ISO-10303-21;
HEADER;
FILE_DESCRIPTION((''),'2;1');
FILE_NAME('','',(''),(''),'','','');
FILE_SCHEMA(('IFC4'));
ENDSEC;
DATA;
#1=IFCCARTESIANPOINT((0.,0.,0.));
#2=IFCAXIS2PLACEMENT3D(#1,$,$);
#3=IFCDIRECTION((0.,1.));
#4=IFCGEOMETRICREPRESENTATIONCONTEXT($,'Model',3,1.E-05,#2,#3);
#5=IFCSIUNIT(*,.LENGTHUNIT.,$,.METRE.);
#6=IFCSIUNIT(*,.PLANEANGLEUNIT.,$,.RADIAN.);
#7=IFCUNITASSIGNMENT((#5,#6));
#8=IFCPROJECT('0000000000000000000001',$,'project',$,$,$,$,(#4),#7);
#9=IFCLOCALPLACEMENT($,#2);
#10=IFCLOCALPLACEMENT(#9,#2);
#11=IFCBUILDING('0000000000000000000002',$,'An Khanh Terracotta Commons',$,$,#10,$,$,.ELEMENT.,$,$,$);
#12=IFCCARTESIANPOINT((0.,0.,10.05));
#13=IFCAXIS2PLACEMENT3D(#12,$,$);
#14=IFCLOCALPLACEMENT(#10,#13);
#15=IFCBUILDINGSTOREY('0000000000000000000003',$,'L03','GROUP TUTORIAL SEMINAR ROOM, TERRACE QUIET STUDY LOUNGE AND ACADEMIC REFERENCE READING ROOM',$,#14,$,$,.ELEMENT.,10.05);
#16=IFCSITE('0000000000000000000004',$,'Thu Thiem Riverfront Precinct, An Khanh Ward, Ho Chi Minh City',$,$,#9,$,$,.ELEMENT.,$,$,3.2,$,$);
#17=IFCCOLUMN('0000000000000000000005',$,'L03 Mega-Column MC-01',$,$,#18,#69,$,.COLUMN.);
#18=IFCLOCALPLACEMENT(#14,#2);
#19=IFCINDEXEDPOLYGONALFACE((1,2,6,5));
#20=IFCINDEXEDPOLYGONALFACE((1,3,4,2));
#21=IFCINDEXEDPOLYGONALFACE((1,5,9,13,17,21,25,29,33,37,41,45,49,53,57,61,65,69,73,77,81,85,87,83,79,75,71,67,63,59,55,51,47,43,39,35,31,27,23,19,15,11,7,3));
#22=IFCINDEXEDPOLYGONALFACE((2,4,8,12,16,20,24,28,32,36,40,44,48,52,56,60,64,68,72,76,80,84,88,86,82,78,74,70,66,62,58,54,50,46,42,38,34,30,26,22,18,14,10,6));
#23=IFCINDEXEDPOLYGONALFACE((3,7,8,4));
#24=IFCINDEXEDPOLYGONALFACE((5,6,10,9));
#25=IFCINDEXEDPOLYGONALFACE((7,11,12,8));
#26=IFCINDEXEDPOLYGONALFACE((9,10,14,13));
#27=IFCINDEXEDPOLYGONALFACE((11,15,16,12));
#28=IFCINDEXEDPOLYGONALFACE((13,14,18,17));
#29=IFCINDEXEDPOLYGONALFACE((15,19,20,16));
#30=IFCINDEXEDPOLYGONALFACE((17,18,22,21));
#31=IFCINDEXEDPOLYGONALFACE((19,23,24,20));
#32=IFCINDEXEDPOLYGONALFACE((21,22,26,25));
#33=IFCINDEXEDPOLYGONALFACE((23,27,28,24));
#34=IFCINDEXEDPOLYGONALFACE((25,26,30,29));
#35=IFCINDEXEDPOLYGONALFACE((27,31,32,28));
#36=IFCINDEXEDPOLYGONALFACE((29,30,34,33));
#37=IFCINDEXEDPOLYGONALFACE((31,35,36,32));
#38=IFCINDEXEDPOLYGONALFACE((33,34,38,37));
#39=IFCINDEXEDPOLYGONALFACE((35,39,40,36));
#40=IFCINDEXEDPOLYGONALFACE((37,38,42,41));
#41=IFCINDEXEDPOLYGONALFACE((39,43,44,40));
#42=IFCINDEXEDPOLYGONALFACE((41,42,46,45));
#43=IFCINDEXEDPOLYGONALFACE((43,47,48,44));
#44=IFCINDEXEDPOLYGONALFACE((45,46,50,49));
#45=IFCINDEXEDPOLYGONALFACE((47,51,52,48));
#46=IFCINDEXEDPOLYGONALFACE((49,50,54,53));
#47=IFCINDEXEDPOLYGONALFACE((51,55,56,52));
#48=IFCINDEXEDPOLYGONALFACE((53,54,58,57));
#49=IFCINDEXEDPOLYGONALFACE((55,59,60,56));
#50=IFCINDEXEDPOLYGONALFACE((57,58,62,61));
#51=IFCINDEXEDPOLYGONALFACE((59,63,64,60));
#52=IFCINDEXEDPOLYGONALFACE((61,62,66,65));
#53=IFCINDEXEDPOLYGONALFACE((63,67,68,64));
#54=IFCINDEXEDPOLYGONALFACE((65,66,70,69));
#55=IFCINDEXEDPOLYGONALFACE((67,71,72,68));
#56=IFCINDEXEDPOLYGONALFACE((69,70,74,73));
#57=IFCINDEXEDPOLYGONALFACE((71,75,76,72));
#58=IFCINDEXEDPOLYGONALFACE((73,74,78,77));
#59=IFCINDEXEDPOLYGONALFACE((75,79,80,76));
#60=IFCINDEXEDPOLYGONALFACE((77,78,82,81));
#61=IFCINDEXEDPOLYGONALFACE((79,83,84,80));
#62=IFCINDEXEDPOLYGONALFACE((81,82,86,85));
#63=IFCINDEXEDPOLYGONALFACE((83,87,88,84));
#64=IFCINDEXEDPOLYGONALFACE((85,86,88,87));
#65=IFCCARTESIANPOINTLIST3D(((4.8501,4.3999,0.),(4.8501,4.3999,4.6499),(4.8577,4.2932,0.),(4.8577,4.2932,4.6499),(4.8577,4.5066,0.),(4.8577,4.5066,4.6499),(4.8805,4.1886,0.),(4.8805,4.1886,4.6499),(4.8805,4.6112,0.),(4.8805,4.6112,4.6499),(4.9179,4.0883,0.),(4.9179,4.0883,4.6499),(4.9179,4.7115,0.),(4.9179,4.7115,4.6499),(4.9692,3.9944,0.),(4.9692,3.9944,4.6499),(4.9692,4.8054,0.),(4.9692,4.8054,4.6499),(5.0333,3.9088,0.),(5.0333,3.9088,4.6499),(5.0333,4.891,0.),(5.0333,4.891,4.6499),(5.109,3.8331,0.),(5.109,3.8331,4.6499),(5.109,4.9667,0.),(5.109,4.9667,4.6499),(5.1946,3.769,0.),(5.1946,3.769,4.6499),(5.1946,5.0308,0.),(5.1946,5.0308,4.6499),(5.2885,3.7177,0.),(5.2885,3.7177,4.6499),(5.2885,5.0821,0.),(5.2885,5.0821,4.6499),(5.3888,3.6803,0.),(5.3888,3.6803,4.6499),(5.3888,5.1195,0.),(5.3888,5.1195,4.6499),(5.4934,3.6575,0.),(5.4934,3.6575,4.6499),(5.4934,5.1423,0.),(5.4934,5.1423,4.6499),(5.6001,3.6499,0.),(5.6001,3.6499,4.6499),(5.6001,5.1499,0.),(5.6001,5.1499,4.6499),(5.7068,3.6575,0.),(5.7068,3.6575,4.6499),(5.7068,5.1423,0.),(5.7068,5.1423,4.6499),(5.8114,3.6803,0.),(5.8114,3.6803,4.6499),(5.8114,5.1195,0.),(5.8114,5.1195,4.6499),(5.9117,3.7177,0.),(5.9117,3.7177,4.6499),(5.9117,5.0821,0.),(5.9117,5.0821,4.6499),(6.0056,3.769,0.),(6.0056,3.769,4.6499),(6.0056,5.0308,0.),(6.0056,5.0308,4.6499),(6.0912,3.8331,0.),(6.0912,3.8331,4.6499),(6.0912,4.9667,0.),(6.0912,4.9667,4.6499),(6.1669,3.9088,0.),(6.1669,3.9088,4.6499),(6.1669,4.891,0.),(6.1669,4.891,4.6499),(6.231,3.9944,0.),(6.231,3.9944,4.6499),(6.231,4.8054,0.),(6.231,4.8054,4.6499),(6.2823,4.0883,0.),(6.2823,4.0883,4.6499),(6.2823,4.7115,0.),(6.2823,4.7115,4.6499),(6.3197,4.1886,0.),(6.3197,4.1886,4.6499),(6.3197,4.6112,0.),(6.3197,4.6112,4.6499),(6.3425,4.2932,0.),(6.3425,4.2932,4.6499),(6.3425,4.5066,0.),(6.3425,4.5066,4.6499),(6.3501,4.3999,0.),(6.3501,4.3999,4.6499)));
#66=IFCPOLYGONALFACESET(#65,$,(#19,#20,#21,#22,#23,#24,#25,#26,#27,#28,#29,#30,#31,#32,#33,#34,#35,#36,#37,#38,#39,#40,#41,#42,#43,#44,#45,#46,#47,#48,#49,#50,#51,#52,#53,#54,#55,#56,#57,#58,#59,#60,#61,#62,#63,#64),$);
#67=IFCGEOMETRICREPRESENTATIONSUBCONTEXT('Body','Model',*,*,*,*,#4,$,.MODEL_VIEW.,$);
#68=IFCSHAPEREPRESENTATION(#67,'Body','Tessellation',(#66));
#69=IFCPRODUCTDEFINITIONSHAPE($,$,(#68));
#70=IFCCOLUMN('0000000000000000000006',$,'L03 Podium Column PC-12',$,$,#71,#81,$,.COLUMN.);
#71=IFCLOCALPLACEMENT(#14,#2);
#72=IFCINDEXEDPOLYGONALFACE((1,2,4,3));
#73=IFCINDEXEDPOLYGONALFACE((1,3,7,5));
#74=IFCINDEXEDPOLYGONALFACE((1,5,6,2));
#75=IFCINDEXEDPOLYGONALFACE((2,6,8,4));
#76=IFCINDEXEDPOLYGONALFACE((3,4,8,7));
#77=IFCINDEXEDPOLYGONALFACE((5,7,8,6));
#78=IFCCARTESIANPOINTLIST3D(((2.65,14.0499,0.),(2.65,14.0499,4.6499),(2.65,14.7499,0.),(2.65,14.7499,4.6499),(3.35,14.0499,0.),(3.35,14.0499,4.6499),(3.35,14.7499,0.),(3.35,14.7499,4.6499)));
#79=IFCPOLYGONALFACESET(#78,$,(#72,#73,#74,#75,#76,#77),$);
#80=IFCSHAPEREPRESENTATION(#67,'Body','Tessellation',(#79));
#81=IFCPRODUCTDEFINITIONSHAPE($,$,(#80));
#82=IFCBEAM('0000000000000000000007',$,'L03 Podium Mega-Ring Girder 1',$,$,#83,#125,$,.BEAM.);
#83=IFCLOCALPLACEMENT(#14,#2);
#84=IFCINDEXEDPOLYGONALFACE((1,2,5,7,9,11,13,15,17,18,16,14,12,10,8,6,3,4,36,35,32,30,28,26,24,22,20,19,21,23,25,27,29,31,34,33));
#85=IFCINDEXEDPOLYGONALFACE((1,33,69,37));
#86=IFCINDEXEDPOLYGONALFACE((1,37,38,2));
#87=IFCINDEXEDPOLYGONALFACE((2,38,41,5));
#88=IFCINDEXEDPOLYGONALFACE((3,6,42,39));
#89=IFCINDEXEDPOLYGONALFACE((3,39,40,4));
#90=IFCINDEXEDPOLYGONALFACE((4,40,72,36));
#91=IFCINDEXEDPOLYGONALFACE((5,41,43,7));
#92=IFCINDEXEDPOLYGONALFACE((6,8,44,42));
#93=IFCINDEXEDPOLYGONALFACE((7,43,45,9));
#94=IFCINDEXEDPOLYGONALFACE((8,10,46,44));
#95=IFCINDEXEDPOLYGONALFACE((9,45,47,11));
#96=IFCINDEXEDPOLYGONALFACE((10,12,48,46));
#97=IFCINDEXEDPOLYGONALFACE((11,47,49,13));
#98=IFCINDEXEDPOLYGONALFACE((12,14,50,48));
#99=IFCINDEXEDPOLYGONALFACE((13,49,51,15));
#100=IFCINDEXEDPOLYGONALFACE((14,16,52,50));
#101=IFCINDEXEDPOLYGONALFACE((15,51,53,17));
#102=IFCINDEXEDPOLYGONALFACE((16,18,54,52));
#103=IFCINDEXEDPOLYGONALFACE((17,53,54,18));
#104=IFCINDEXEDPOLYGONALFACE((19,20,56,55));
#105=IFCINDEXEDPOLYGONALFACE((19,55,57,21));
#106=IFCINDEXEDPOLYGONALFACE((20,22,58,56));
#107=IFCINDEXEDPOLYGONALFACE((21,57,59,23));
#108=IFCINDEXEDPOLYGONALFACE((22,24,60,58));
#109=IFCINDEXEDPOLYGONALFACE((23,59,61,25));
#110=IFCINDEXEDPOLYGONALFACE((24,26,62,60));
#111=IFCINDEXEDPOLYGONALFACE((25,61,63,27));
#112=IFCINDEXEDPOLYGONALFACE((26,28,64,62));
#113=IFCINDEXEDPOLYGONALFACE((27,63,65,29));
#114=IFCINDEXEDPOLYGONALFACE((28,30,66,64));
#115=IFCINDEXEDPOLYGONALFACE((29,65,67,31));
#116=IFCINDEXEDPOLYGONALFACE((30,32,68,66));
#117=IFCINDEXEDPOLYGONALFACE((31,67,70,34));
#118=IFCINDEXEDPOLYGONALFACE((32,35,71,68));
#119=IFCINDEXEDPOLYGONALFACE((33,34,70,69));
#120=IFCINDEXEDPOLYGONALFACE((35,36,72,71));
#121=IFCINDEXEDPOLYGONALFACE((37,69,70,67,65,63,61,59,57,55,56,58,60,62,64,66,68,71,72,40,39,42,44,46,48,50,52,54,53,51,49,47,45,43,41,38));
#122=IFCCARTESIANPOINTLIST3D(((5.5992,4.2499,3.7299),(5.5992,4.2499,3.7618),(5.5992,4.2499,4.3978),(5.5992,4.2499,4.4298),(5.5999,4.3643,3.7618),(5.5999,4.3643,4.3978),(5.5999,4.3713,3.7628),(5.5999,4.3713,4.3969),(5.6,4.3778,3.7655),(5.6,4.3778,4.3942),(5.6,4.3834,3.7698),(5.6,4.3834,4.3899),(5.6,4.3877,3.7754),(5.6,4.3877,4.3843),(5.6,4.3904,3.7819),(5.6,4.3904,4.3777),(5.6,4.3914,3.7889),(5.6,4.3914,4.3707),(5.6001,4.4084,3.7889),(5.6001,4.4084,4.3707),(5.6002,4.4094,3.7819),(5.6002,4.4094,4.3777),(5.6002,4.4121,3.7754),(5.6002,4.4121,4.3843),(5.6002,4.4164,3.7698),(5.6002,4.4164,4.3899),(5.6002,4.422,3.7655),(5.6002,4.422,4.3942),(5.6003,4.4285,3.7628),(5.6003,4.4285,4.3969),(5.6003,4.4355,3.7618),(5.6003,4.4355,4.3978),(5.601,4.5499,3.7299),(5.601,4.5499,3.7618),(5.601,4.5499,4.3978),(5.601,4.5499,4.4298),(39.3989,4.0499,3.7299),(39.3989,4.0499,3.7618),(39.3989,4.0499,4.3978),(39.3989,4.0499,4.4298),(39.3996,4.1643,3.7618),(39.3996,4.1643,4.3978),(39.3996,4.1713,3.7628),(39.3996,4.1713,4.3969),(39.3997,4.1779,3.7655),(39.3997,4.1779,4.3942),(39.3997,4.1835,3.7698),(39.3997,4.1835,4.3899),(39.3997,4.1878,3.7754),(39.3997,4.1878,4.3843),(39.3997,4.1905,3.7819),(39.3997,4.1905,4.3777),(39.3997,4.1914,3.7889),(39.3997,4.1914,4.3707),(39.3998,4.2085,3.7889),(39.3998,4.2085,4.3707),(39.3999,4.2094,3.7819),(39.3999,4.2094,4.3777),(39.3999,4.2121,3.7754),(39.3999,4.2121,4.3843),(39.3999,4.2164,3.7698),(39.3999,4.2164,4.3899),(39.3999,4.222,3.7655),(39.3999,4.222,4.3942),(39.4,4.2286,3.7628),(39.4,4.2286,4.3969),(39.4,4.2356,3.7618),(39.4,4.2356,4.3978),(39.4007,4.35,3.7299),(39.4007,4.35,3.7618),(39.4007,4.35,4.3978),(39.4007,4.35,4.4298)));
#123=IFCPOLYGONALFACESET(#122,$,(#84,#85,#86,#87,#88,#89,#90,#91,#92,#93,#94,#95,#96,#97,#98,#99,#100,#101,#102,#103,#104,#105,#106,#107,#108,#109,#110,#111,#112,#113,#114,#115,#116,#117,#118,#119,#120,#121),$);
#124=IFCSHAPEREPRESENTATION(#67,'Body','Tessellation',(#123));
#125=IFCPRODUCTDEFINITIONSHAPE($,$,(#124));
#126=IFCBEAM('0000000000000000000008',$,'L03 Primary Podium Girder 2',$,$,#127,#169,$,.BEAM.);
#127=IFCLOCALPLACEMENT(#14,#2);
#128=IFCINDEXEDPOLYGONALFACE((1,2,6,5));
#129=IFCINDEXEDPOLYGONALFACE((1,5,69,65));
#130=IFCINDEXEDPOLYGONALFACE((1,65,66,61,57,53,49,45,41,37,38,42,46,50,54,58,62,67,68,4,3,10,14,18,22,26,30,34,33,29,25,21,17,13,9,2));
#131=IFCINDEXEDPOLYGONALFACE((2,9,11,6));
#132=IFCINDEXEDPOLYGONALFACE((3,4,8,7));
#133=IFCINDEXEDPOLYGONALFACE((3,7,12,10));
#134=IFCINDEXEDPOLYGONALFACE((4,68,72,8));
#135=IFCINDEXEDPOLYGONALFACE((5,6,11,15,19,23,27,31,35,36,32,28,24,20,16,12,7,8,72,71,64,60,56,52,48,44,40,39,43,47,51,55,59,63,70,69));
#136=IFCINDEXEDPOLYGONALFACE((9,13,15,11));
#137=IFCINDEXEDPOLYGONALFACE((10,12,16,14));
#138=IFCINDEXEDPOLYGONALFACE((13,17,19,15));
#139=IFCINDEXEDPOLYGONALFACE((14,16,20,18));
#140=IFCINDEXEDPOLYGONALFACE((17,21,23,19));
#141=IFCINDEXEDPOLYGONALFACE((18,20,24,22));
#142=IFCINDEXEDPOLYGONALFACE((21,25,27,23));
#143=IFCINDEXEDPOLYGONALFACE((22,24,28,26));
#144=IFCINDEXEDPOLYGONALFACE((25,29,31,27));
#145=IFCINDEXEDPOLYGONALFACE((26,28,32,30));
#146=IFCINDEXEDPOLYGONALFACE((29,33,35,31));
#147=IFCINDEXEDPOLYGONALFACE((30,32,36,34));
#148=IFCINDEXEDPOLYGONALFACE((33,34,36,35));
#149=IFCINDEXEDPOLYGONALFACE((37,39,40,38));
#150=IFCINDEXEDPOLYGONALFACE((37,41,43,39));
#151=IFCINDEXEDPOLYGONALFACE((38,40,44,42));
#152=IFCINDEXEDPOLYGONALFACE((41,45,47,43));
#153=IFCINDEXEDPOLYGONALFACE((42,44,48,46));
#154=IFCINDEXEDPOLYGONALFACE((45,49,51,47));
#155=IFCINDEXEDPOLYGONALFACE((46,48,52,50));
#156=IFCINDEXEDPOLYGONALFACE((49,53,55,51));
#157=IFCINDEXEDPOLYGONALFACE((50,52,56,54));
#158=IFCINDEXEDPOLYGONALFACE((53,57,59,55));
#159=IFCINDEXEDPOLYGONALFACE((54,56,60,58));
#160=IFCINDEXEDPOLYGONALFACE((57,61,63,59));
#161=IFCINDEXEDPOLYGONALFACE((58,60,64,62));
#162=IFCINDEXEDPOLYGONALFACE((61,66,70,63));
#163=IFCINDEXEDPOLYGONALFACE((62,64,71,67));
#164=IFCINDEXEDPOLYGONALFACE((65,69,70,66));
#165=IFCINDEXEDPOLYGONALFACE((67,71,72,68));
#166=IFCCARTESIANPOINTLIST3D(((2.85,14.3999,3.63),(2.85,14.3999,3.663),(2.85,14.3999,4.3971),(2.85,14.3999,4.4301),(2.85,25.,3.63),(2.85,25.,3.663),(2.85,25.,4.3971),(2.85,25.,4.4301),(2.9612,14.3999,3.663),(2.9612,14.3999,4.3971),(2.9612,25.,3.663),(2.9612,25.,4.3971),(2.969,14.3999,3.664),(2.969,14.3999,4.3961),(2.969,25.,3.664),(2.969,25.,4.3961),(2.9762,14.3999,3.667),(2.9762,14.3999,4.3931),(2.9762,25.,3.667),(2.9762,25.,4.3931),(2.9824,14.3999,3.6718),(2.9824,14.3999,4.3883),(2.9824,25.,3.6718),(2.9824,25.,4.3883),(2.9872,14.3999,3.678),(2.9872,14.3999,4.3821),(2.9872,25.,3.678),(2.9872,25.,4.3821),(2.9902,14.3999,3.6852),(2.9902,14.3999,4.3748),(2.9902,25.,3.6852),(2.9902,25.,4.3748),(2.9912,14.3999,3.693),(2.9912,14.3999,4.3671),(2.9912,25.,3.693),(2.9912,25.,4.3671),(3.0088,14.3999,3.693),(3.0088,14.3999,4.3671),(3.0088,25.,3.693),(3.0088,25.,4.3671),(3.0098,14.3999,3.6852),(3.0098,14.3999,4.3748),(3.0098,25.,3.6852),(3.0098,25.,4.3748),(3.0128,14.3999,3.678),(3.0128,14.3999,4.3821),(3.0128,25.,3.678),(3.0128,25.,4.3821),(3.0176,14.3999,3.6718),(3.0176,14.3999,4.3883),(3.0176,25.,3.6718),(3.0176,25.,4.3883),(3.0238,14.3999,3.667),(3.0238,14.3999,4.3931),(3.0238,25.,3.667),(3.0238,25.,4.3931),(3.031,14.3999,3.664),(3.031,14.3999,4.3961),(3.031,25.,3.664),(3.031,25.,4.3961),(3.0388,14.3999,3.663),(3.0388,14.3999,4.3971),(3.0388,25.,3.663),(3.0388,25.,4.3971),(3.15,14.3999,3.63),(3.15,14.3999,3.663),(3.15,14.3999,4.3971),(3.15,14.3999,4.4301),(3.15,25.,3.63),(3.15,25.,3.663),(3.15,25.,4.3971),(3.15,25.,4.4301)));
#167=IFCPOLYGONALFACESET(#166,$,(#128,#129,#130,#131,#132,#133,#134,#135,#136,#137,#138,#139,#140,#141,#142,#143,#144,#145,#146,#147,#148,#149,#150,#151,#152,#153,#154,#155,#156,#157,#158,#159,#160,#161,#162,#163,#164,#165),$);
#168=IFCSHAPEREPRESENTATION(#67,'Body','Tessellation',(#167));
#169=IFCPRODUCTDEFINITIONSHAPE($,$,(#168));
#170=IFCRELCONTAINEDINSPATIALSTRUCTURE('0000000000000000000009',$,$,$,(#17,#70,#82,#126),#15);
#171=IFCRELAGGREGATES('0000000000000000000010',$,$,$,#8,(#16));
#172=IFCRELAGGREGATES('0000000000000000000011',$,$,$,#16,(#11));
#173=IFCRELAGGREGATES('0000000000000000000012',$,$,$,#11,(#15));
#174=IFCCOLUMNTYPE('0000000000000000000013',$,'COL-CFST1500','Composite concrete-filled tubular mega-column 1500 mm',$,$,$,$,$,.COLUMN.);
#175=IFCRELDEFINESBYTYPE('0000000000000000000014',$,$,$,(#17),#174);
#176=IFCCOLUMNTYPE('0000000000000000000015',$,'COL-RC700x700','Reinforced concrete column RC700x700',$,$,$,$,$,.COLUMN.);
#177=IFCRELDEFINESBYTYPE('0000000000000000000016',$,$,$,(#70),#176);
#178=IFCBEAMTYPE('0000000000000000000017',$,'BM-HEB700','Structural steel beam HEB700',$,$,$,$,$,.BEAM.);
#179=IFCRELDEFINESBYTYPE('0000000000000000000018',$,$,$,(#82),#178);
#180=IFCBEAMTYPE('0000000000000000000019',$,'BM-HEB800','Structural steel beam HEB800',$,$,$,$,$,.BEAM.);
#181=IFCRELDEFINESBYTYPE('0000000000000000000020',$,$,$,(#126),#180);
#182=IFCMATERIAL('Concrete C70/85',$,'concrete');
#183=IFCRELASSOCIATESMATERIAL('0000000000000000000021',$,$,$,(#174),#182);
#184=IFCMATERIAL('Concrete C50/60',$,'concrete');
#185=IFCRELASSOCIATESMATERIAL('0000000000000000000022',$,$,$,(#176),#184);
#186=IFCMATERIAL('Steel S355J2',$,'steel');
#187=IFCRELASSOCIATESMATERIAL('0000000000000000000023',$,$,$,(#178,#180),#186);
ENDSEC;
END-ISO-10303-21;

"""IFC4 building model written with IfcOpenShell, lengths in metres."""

from ifc_helpers import new_model, si_unit, direction, frame, origin, origin_2d, place, context, subcontext, project, spatial, rectangle, circle, i_section, extrude, material, material_profile, profile_set, type_object, element, save


model = new_model("IFC4")

# Units and contexts
model_context = context("Model", 3, precision=1e-05, world=origin(), true_north=direction((0.0, 1.0)))
body_context = subcontext(model_context, "Body", "Model", "MODEL_VIEW")
ifc_project = project(units=[si_unit("LENGTHUNIT", "METRE"), si_unit("PLANEANGLEUNIT", "RADIAN")], contexts=[model_context])

# Site, building, storey
site_placement = place(None, origin())
site = spatial("IfcSite", under=ifc_project, at=site_placement, Name="Thu Thiem Riverfront Precinct, An Khanh Ward, Ho Chi Minh City", CompositionType="ELEMENT", RefElevation=3.2)
building_placement = place(site_placement, origin())
building = spatial("IfcBuilding", under=site, at=building_placement, Name="An Khanh Terracotta Commons", CompositionType="ELEMENT")
storey_placement = place(building_placement, frame((0.0, 0.0, 10.05)))
storey = spatial("IfcBuildingStorey", under=building, at=storey_placement, Name="L03", Description="GROUP TUTORIAL SEMINAR ROOM, TERRACE QUIET STUDY LOUNGE AND ACADEMIC REFERENCE READING ROOM", CompositionType="ELEMENT", Elevation=10.05)

# Columns
ifc_material_1 = material(Name="Concrete C70/85", Category="concrete")
ifc_material_profile_1 = material_profile(ifc_material_1, circle(Radius=0.75, at=origin_2d()), Name="CFST1500")
ifc_profile_set_1 = profile_set([ifc_material_profile_1], Name="Concrete C70/85")
column_type_1 = type_object("IfcColumnType", Name="COL-CFST1500", Description="Composite concrete-filled tubular mega-column 1500 mm", PredefinedType="COLUMN", material=ifc_profile_set_1)
column_1_placement = place(storey_placement, frame((5.6001, 4.3999, 0.0), z_axis=(0.0, 0.0, 1.0), x_axis=(1.0, 0.0, 0.0)))
element("IfcColumn", 1, at=column_1_placement, inside=storey, type_object=column_type_1, Name="L03 Mega-Column MC-01", PredefinedType="COLUMN", context=body_context, shape_type="SweptSolid", body=[
    extrude(circle(Radius=0.75, at=origin_2d()), origin(), (0.0, 0.0, 1.0), 4.6499),
])
ifc_material_2 = material(Name="Concrete C50/60", Category="concrete")
ifc_material_profile_2 = material_profile(ifc_material_2, rectangle(XDim=0.7, YDim=0.7, at=origin_2d()), Name="RC700x700")
ifc_profile_set_2 = profile_set([ifc_material_profile_2], Name="Concrete C50/60")
column_type_2 = type_object("IfcColumnType", Name="COL-RC700x700", Description="Reinforced concrete column RC700x700", PredefinedType="COLUMN", material=ifc_profile_set_2)
column_2_placement = place(storey_placement, frame((3.0, 14.3999, 0.0), z_axis=(0.0, 0.0, 1.0), x_axis=(1.0, 0.0, 0.0)))
element("IfcColumn", 2, at=column_2_placement, inside=storey, type_object=column_type_2, Name="L03 Podium Column PC-12", PredefinedType="COLUMN", context=body_context, shape_type="SweptSolid", body=[
    extrude(rectangle(XDim=0.7, YDim=0.7, at=origin_2d()), origin(), (0.0, 0.0, 1.0), 4.6499),
])

# Beams
ifc_material_3 = material(Name="Steel S355J2", Category="steel")
ifc_material_profile_3 = material_profile(ifc_material_3, i_section(OverallWidth=0.3, OverallDepth=0.7, WebThickness=0.0171, FlangeThickness=0.032, FilletRadius=0.0271, at=origin_2d()), Name="HEB700")
ifc_profile_set_3 = profile_set([ifc_material_profile_3], Name="Steel S355J2")
beam_type_1 = type_object("IfcBeamType", Name="BM-HEB700", Description="Structural steel beam HEB700", PredefinedType="BEAM", material=ifc_profile_set_3)
beam_1_placement = place(storey_placement, frame((5.6001, 4.3999, 4.0798), z_axis=(0.999983, -0.005916, 0.0), x_axis=(0.005916, 0.999983, 0.0)))
element("IfcBeam", 3, at=beam_1_placement, inside=storey, type_object=beam_type_1, Name="L03 Podium Mega-Ring Girder 1", PredefinedType="BEAM", context=body_context, shape_type="SweptSolid", body=[
    extrude(i_section(OverallWidth=0.3, OverallDepth=0.7, WebThickness=0.0171, FlangeThickness=0.032, FilletRadius=0.0271, at=origin_2d()), origin(), (0.0, 0.0, 1.0), 33.8003),
])
ifc_material_profile_4 = material_profile(ifc_material_3, i_section(OverallWidth=0.3, OverallDepth=0.8, WebThickness=0.0176, FlangeThickness=0.033, FilletRadius=0.03, at=origin_2d()), Name="HEB800")
ifc_profile_set_4 = profile_set([ifc_material_profile_4], Name="Steel S355J2")
beam_type_2 = type_object("IfcBeamType", Name="BM-HEB800", Description="Structural steel beam HEB800", PredefinedType="BEAM", material=ifc_profile_set_4)
beam_2_placement = place(storey_placement, frame((3.0, 14.3999, 4.03), z_axis=(0.0, 1.0, 0.0), x_axis=(-1.0, 0.0, 0.0)))
element("IfcBeam", 4, at=beam_2_placement, inside=storey, type_object=beam_type_2, Name="L03 Primary Podium Girder 2", PredefinedType="BEAM", context=body_context, shape_type="SweptSolid", body=[
    extrude(i_section(OverallWidth=0.3, OverallDepth=0.8, WebThickness=0.0176, FlangeThickness=0.033, FilletRadius=0.03, at=origin_2d()), origin(), (0.0, 0.0, 1.0), 10.6001),
])

save(model, "model.ifc")
